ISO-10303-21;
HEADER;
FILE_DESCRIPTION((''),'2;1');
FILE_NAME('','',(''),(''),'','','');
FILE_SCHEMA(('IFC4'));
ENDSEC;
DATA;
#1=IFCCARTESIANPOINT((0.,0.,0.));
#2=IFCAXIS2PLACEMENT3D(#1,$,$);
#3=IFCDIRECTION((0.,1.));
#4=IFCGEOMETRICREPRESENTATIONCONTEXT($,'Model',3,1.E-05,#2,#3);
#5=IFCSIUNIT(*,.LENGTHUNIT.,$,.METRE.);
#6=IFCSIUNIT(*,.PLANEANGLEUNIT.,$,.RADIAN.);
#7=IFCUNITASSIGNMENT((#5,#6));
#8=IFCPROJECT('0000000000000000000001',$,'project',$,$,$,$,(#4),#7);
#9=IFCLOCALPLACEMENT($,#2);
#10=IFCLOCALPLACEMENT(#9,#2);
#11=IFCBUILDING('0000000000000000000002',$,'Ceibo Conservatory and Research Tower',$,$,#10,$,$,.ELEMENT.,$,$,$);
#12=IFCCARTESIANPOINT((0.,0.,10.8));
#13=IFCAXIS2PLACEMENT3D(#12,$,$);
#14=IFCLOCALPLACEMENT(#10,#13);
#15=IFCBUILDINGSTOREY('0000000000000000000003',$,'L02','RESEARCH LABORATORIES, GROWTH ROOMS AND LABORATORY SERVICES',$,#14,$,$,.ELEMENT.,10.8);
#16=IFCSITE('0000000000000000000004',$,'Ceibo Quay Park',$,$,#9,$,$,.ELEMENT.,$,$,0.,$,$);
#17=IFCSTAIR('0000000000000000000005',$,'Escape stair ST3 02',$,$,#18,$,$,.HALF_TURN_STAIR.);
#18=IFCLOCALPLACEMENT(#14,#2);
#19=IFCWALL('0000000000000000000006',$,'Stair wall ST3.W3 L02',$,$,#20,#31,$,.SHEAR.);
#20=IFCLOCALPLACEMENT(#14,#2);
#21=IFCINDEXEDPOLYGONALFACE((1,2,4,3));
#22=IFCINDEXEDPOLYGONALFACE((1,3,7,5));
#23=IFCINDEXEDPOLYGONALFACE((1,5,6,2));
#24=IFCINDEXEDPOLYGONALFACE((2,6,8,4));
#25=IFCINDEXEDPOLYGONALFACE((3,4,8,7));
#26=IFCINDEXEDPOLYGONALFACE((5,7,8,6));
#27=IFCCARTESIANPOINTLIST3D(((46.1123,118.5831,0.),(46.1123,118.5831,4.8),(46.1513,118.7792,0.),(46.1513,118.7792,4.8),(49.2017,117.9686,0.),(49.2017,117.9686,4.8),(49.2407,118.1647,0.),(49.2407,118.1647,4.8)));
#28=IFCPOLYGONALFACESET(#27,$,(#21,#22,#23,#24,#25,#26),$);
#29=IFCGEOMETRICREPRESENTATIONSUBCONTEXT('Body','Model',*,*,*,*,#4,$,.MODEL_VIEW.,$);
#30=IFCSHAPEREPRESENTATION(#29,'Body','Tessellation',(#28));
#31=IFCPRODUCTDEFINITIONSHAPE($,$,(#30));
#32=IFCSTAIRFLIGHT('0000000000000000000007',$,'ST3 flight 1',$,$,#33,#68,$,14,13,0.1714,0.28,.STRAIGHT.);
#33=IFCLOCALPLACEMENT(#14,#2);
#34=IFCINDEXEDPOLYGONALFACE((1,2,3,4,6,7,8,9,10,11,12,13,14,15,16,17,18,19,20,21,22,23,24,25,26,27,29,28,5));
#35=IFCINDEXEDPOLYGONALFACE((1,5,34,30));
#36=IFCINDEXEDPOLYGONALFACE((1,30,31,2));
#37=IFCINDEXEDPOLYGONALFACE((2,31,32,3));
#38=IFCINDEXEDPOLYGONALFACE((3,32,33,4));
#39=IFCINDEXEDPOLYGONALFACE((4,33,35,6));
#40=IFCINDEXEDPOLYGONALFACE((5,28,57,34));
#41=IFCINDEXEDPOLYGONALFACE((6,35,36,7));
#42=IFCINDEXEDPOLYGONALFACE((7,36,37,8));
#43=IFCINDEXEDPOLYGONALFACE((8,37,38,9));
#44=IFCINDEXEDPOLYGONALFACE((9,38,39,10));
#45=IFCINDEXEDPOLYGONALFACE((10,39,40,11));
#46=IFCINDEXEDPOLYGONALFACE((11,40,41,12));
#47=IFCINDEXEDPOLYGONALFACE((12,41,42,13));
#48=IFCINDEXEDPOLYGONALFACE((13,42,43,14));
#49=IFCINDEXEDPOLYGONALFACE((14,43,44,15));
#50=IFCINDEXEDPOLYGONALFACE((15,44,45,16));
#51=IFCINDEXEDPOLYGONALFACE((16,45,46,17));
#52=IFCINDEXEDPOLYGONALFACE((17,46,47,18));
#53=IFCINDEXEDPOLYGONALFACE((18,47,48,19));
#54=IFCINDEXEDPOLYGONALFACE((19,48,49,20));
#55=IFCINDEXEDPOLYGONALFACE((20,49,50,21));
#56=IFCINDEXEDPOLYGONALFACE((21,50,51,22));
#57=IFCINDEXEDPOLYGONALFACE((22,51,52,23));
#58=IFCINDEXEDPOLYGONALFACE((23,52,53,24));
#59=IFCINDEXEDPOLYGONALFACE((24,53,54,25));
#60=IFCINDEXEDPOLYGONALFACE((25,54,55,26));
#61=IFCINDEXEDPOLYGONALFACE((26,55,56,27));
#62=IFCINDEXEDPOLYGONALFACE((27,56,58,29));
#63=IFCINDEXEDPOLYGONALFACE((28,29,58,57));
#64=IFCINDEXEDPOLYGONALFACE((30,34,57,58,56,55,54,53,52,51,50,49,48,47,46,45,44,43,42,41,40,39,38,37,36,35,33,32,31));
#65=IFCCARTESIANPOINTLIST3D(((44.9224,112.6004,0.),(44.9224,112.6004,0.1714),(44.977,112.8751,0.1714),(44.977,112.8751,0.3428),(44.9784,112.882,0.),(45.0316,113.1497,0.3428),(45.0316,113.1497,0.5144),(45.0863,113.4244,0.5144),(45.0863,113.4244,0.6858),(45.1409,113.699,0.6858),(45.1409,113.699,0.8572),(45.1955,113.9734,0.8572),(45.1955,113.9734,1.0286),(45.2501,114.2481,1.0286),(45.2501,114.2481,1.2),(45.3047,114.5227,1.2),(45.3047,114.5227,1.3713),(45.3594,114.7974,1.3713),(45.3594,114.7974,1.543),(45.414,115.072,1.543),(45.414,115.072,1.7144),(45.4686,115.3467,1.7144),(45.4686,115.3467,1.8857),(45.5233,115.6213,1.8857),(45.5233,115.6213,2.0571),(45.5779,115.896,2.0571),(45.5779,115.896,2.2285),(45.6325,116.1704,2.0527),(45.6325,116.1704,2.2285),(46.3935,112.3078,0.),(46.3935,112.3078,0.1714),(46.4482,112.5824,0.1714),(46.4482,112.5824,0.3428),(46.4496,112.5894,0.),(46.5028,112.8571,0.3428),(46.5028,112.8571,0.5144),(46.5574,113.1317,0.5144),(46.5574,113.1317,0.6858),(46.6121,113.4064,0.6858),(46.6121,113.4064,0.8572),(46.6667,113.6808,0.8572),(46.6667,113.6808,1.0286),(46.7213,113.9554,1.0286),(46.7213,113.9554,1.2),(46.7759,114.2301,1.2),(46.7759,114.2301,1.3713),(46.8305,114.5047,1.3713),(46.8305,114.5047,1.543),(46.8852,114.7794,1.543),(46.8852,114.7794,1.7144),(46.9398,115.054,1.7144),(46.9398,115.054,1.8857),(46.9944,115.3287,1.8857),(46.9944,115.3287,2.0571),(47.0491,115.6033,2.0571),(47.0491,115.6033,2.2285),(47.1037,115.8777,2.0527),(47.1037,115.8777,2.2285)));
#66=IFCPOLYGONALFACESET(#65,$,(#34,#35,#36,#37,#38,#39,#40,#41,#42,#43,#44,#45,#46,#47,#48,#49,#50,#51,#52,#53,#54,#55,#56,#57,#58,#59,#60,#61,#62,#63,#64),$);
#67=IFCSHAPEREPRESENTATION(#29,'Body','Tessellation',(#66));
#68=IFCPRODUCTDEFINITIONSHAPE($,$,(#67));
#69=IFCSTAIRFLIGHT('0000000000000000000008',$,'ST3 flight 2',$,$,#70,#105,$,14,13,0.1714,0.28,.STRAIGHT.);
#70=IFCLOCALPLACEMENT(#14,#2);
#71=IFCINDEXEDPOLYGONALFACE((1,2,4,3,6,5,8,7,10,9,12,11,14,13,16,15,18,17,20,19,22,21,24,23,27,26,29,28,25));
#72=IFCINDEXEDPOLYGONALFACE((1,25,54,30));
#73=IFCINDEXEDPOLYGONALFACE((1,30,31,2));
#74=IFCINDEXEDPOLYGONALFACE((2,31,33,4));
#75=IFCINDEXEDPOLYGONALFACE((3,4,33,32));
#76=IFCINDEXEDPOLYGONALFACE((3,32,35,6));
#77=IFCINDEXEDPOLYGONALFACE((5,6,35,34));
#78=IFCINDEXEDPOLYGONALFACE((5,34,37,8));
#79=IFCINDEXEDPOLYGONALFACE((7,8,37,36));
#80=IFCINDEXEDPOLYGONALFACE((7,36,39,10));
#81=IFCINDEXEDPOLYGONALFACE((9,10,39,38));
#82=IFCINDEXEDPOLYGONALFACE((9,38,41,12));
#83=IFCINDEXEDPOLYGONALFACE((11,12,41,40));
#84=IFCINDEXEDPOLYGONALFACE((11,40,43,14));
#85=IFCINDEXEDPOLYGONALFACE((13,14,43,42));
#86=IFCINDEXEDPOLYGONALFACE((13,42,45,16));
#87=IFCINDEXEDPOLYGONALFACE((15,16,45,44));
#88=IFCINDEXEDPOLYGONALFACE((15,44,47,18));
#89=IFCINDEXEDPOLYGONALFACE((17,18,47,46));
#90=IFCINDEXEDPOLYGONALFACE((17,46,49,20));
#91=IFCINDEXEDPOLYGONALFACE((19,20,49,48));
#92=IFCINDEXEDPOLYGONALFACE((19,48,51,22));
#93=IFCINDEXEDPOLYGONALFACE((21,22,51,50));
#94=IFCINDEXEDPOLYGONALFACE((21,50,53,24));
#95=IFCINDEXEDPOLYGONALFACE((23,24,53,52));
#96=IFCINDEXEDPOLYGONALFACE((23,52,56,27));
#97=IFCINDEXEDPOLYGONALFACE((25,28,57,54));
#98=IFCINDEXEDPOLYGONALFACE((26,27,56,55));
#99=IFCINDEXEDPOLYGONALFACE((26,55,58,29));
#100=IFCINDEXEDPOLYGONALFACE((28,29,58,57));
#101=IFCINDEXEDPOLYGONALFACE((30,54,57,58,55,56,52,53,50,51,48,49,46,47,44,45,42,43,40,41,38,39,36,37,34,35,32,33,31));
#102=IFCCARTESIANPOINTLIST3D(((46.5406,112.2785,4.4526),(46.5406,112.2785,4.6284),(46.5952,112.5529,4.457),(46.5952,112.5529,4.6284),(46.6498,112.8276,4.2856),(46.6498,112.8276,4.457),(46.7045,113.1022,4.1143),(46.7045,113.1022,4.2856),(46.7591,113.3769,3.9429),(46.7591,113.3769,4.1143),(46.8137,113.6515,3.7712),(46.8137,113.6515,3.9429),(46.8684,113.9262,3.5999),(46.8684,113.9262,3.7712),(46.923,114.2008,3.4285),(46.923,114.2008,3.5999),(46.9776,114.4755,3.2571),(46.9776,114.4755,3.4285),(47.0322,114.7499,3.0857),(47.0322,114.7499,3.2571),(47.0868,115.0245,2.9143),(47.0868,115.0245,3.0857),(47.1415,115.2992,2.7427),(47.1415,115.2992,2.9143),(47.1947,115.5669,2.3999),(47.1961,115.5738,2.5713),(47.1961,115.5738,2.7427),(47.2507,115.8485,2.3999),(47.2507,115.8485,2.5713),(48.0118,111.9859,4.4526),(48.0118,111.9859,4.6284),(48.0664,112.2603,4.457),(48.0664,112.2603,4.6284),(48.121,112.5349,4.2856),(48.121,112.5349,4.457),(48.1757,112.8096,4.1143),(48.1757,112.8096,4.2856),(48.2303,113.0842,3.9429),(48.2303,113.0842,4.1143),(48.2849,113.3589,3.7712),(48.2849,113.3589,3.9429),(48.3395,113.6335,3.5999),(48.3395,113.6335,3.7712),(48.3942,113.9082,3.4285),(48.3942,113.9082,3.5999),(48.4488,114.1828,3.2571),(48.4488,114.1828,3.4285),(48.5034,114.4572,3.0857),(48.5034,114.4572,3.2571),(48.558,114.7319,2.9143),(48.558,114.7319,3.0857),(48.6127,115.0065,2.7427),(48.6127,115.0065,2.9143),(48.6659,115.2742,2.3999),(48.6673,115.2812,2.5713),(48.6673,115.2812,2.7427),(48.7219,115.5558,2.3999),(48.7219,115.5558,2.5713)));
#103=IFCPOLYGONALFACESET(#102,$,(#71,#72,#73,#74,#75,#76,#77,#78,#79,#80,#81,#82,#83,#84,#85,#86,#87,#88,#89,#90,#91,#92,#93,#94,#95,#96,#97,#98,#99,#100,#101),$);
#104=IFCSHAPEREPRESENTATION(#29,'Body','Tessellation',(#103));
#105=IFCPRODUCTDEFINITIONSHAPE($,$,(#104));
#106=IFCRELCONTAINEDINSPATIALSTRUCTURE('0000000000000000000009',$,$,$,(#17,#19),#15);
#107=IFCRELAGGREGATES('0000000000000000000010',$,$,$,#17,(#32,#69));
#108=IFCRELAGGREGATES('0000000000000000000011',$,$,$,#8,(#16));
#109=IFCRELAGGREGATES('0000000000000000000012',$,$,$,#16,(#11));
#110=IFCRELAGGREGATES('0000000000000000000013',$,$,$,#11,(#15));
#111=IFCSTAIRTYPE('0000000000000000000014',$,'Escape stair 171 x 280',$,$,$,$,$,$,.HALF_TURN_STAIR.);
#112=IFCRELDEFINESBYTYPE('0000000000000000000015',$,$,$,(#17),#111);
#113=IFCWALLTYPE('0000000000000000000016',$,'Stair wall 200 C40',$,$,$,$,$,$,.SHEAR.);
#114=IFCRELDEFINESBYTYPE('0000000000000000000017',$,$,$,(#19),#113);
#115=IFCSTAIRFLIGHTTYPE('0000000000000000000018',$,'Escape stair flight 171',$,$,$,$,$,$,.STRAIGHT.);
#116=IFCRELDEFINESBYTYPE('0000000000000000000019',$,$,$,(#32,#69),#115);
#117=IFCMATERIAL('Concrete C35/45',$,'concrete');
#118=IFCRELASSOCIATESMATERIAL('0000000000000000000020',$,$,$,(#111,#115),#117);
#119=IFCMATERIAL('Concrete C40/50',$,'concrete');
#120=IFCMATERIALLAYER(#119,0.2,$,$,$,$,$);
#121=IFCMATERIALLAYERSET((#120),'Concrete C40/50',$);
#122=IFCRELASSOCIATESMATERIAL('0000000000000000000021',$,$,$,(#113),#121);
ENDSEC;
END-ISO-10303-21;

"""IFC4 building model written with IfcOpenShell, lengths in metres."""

from ifc_helpers import new_model, si_unit, direction, frame, frame_2d, origin, place, context, subcontext, project, spatial, polyline, rectangle, outline, extrude, material, layer, layer_set, type_object, element, aggregate, save


model = new_model("IFC4")

# Units and contexts
model_context = context("Model", 3, precision=1e-05, world=origin(), true_north=direction((0.0, 1.0)))
body_context = subcontext(model_context, "Body", "Model", "MODEL_VIEW")
ifc_project = project(units=[si_unit("LENGTHUNIT", "METRE"), si_unit("PLANEANGLEUNIT", "RADIAN")], contexts=[model_context])

# Site, building, storey
site_placement = place(None, origin())
site = spatial("IfcSite", under=ifc_project, at=site_placement, Name="Ceibo Quay Park", CompositionType="ELEMENT", RefElevation=0.0)
building_placement = place(site_placement, origin())
building = spatial("IfcBuilding", under=site, at=building_placement, Name="Ceibo Conservatory and Research Tower", CompositionType="ELEMENT")
storey_placement = place(building_placement, frame((0.0, 0.0, 10.8)))
storey = spatial("IfcBuildingStorey", under=building, at=storey_placement, Name="L02", Description="RESEARCH LABORATORIES, GROWTH ROOMS AND LABORATORY SERVICES", CompositionType="ELEMENT", Elevation=10.8)

# Shared definitions
ifc_material_1 = material(Name="Concrete C35/45", Category="concrete")

# Stair
stair_type = type_object("IfcStairType", Name="Escape stair 171 x 280", PredefinedType="HALF_TURN_STAIR", material=ifc_material_1)
stair_placement = place(storey_placement, origin())
stair = element("IfcStair", 1, at=stair_placement, inside=storey, type_object=stair_type, Name="Escape stair ST3 02", PredefinedType="HALF_TURN_STAIR")

# Shared definitions
ifc_material_2 = material(Name="Concrete C40/50", Category="concrete")

# Wall
ifc_layer_1 = layer(ifc_material_2, 0.2)
ifc_layer_set_1 = layer_set([ifc_layer_1], Name="Concrete C40/50")
wall_type_1 = type_object("IfcWallType", Name="Stair wall 200 C40", PredefinedType="SHEAR", material=ifc_layer_set_1)
wall_1_placement = place(storey_placement, frame((46.1318, 118.6812, 0.0), z_axis=(0.0, 0.0, 1.0), x_axis=(0.980786, -0.195088, 0.0)))
element("IfcWall", 2, at=wall_1_placement, inside=storey, type_object=wall_type_1, Name="Stair wall ST3.W3 L02", PredefinedType="SHEAR", context=body_context, shape_type="SweptSolid", body=[
    extrude(rectangle(XDim=3.1499, YDim=0.2, at=frame_2d((1.575, 0.0))), origin(), (0.0, 0.0, 1.0), 4.8),
])

# Stair flights
stair_flight_type = type_object("IfcStairFlightType", Name="Escape stair flight 171", PredefinedType="STRAIGHT", material=ifc_material_1)
stair_flight_1_placement = place(storey_placement, frame((45.658, 112.4541, 0.0), z_axis=(0.0, 0.0, 1.0), x_axis=(0.19509, 0.980785, 0.0)))
stair_flight_1 = element("IfcStairFlight", 3, at=stair_flight_1_placement, type_object=stair_flight_type, Name="ST3 flight 1", NumberOfRisers=14, NumberOfTreads=13, PredefinedType="STRAIGHT", RiserHeight=0.1714, TreadLength=0.28, context=body_context, shape_type="SweptSolid", body=[
    extrude(outline(polyline([(0.0, 0.0), (0.0, 0.1714), (0.28, 0.1714), (0.28, 0.3428), (0.5601, 0.3428), (0.5601, 0.5144), (0.8401, 0.5144), (0.8401, 0.6858), (1.1201, 0.6858), (1.1201, 0.8572), (1.3999, 0.8572), (1.3999, 1.0286), (1.6799, 1.0286), (1.6799, 1.2), (1.96, 1.2), (1.96, 1.3713), (2.24, 1.3713), (2.24, 1.543), (2.52, 1.543), (2.52, 1.7144), (2.8, 1.7144), (2.8, 1.8857), (3.0801, 1.8857), (3.0801, 2.0571), (3.3601, 2.0571), (3.3601, 2.2285), (3.6399, 2.2285), (3.6399, 2.3999), (3.6399, 2.0527), (0.2871, 0.0), (0.0, 0.0)])), frame((0.0, 0.75, 0.0), z_axis=(0.0, -1.0, 0.0), x_axis=(1.0, 0.0, 0.0)), (0.0, 0.0, 1.0), 1.5),
])
stair_flight_2_placement = place(storey_placement, frame((47.9863, 115.7021, 2.3999), z_axis=(0.0, 0.0, 1.0), x_axis=(-0.19509, -0.980785, 0.0)))
stair_flight_2 = element("IfcStairFlight", 4, at=stair_flight_2_placement, type_object=stair_flight_type, Name="ST3 flight 2", NumberOfRisers=14, NumberOfTreads=13, PredefinedType="STRAIGHT", RiserHeight=0.1714, TreadLength=0.28, context=body_context, shape_type="SweptSolid", body=[
    extrude(outline(polyline([(0.0, 0.0), (0.0, 0.1714), (0.28, 0.1714), (0.28, 0.3428), (0.5601, 0.3428), (0.5601, 0.5144), (0.8401, 0.5144), (0.8401, 0.6858), (1.1201, 0.6858), (1.1201, 0.8572), (1.3999, 0.8572), (1.3999, 1.0286), (1.6799, 1.0286), (1.6799, 1.2), (1.96, 1.2), (1.96, 1.3713), (2.24, 1.3713), (2.24, 1.543), (2.52, 1.543), (2.52, 1.7144), (2.8, 1.7144), (2.8, 1.8857), (3.0801, 1.8857), (3.0801, 2.0571), (3.3601, 2.0571), (3.3601, 2.2285), (3.6399, 2.2285), (3.6399, 2.3999), (3.6399, 2.0527), (0.2871, 0.0), (0.0, 0.0)])), frame((0.0, 0.75, 0.0), z_axis=(0.0, -1.0, 0.0), x_axis=(1.0, 0.0, 0.0)), (0.0, 0.0, 1.0), 1.5),
])
aggregate(stair, [stair_flight_1, stair_flight_2])

save(model, "model.ifc")
